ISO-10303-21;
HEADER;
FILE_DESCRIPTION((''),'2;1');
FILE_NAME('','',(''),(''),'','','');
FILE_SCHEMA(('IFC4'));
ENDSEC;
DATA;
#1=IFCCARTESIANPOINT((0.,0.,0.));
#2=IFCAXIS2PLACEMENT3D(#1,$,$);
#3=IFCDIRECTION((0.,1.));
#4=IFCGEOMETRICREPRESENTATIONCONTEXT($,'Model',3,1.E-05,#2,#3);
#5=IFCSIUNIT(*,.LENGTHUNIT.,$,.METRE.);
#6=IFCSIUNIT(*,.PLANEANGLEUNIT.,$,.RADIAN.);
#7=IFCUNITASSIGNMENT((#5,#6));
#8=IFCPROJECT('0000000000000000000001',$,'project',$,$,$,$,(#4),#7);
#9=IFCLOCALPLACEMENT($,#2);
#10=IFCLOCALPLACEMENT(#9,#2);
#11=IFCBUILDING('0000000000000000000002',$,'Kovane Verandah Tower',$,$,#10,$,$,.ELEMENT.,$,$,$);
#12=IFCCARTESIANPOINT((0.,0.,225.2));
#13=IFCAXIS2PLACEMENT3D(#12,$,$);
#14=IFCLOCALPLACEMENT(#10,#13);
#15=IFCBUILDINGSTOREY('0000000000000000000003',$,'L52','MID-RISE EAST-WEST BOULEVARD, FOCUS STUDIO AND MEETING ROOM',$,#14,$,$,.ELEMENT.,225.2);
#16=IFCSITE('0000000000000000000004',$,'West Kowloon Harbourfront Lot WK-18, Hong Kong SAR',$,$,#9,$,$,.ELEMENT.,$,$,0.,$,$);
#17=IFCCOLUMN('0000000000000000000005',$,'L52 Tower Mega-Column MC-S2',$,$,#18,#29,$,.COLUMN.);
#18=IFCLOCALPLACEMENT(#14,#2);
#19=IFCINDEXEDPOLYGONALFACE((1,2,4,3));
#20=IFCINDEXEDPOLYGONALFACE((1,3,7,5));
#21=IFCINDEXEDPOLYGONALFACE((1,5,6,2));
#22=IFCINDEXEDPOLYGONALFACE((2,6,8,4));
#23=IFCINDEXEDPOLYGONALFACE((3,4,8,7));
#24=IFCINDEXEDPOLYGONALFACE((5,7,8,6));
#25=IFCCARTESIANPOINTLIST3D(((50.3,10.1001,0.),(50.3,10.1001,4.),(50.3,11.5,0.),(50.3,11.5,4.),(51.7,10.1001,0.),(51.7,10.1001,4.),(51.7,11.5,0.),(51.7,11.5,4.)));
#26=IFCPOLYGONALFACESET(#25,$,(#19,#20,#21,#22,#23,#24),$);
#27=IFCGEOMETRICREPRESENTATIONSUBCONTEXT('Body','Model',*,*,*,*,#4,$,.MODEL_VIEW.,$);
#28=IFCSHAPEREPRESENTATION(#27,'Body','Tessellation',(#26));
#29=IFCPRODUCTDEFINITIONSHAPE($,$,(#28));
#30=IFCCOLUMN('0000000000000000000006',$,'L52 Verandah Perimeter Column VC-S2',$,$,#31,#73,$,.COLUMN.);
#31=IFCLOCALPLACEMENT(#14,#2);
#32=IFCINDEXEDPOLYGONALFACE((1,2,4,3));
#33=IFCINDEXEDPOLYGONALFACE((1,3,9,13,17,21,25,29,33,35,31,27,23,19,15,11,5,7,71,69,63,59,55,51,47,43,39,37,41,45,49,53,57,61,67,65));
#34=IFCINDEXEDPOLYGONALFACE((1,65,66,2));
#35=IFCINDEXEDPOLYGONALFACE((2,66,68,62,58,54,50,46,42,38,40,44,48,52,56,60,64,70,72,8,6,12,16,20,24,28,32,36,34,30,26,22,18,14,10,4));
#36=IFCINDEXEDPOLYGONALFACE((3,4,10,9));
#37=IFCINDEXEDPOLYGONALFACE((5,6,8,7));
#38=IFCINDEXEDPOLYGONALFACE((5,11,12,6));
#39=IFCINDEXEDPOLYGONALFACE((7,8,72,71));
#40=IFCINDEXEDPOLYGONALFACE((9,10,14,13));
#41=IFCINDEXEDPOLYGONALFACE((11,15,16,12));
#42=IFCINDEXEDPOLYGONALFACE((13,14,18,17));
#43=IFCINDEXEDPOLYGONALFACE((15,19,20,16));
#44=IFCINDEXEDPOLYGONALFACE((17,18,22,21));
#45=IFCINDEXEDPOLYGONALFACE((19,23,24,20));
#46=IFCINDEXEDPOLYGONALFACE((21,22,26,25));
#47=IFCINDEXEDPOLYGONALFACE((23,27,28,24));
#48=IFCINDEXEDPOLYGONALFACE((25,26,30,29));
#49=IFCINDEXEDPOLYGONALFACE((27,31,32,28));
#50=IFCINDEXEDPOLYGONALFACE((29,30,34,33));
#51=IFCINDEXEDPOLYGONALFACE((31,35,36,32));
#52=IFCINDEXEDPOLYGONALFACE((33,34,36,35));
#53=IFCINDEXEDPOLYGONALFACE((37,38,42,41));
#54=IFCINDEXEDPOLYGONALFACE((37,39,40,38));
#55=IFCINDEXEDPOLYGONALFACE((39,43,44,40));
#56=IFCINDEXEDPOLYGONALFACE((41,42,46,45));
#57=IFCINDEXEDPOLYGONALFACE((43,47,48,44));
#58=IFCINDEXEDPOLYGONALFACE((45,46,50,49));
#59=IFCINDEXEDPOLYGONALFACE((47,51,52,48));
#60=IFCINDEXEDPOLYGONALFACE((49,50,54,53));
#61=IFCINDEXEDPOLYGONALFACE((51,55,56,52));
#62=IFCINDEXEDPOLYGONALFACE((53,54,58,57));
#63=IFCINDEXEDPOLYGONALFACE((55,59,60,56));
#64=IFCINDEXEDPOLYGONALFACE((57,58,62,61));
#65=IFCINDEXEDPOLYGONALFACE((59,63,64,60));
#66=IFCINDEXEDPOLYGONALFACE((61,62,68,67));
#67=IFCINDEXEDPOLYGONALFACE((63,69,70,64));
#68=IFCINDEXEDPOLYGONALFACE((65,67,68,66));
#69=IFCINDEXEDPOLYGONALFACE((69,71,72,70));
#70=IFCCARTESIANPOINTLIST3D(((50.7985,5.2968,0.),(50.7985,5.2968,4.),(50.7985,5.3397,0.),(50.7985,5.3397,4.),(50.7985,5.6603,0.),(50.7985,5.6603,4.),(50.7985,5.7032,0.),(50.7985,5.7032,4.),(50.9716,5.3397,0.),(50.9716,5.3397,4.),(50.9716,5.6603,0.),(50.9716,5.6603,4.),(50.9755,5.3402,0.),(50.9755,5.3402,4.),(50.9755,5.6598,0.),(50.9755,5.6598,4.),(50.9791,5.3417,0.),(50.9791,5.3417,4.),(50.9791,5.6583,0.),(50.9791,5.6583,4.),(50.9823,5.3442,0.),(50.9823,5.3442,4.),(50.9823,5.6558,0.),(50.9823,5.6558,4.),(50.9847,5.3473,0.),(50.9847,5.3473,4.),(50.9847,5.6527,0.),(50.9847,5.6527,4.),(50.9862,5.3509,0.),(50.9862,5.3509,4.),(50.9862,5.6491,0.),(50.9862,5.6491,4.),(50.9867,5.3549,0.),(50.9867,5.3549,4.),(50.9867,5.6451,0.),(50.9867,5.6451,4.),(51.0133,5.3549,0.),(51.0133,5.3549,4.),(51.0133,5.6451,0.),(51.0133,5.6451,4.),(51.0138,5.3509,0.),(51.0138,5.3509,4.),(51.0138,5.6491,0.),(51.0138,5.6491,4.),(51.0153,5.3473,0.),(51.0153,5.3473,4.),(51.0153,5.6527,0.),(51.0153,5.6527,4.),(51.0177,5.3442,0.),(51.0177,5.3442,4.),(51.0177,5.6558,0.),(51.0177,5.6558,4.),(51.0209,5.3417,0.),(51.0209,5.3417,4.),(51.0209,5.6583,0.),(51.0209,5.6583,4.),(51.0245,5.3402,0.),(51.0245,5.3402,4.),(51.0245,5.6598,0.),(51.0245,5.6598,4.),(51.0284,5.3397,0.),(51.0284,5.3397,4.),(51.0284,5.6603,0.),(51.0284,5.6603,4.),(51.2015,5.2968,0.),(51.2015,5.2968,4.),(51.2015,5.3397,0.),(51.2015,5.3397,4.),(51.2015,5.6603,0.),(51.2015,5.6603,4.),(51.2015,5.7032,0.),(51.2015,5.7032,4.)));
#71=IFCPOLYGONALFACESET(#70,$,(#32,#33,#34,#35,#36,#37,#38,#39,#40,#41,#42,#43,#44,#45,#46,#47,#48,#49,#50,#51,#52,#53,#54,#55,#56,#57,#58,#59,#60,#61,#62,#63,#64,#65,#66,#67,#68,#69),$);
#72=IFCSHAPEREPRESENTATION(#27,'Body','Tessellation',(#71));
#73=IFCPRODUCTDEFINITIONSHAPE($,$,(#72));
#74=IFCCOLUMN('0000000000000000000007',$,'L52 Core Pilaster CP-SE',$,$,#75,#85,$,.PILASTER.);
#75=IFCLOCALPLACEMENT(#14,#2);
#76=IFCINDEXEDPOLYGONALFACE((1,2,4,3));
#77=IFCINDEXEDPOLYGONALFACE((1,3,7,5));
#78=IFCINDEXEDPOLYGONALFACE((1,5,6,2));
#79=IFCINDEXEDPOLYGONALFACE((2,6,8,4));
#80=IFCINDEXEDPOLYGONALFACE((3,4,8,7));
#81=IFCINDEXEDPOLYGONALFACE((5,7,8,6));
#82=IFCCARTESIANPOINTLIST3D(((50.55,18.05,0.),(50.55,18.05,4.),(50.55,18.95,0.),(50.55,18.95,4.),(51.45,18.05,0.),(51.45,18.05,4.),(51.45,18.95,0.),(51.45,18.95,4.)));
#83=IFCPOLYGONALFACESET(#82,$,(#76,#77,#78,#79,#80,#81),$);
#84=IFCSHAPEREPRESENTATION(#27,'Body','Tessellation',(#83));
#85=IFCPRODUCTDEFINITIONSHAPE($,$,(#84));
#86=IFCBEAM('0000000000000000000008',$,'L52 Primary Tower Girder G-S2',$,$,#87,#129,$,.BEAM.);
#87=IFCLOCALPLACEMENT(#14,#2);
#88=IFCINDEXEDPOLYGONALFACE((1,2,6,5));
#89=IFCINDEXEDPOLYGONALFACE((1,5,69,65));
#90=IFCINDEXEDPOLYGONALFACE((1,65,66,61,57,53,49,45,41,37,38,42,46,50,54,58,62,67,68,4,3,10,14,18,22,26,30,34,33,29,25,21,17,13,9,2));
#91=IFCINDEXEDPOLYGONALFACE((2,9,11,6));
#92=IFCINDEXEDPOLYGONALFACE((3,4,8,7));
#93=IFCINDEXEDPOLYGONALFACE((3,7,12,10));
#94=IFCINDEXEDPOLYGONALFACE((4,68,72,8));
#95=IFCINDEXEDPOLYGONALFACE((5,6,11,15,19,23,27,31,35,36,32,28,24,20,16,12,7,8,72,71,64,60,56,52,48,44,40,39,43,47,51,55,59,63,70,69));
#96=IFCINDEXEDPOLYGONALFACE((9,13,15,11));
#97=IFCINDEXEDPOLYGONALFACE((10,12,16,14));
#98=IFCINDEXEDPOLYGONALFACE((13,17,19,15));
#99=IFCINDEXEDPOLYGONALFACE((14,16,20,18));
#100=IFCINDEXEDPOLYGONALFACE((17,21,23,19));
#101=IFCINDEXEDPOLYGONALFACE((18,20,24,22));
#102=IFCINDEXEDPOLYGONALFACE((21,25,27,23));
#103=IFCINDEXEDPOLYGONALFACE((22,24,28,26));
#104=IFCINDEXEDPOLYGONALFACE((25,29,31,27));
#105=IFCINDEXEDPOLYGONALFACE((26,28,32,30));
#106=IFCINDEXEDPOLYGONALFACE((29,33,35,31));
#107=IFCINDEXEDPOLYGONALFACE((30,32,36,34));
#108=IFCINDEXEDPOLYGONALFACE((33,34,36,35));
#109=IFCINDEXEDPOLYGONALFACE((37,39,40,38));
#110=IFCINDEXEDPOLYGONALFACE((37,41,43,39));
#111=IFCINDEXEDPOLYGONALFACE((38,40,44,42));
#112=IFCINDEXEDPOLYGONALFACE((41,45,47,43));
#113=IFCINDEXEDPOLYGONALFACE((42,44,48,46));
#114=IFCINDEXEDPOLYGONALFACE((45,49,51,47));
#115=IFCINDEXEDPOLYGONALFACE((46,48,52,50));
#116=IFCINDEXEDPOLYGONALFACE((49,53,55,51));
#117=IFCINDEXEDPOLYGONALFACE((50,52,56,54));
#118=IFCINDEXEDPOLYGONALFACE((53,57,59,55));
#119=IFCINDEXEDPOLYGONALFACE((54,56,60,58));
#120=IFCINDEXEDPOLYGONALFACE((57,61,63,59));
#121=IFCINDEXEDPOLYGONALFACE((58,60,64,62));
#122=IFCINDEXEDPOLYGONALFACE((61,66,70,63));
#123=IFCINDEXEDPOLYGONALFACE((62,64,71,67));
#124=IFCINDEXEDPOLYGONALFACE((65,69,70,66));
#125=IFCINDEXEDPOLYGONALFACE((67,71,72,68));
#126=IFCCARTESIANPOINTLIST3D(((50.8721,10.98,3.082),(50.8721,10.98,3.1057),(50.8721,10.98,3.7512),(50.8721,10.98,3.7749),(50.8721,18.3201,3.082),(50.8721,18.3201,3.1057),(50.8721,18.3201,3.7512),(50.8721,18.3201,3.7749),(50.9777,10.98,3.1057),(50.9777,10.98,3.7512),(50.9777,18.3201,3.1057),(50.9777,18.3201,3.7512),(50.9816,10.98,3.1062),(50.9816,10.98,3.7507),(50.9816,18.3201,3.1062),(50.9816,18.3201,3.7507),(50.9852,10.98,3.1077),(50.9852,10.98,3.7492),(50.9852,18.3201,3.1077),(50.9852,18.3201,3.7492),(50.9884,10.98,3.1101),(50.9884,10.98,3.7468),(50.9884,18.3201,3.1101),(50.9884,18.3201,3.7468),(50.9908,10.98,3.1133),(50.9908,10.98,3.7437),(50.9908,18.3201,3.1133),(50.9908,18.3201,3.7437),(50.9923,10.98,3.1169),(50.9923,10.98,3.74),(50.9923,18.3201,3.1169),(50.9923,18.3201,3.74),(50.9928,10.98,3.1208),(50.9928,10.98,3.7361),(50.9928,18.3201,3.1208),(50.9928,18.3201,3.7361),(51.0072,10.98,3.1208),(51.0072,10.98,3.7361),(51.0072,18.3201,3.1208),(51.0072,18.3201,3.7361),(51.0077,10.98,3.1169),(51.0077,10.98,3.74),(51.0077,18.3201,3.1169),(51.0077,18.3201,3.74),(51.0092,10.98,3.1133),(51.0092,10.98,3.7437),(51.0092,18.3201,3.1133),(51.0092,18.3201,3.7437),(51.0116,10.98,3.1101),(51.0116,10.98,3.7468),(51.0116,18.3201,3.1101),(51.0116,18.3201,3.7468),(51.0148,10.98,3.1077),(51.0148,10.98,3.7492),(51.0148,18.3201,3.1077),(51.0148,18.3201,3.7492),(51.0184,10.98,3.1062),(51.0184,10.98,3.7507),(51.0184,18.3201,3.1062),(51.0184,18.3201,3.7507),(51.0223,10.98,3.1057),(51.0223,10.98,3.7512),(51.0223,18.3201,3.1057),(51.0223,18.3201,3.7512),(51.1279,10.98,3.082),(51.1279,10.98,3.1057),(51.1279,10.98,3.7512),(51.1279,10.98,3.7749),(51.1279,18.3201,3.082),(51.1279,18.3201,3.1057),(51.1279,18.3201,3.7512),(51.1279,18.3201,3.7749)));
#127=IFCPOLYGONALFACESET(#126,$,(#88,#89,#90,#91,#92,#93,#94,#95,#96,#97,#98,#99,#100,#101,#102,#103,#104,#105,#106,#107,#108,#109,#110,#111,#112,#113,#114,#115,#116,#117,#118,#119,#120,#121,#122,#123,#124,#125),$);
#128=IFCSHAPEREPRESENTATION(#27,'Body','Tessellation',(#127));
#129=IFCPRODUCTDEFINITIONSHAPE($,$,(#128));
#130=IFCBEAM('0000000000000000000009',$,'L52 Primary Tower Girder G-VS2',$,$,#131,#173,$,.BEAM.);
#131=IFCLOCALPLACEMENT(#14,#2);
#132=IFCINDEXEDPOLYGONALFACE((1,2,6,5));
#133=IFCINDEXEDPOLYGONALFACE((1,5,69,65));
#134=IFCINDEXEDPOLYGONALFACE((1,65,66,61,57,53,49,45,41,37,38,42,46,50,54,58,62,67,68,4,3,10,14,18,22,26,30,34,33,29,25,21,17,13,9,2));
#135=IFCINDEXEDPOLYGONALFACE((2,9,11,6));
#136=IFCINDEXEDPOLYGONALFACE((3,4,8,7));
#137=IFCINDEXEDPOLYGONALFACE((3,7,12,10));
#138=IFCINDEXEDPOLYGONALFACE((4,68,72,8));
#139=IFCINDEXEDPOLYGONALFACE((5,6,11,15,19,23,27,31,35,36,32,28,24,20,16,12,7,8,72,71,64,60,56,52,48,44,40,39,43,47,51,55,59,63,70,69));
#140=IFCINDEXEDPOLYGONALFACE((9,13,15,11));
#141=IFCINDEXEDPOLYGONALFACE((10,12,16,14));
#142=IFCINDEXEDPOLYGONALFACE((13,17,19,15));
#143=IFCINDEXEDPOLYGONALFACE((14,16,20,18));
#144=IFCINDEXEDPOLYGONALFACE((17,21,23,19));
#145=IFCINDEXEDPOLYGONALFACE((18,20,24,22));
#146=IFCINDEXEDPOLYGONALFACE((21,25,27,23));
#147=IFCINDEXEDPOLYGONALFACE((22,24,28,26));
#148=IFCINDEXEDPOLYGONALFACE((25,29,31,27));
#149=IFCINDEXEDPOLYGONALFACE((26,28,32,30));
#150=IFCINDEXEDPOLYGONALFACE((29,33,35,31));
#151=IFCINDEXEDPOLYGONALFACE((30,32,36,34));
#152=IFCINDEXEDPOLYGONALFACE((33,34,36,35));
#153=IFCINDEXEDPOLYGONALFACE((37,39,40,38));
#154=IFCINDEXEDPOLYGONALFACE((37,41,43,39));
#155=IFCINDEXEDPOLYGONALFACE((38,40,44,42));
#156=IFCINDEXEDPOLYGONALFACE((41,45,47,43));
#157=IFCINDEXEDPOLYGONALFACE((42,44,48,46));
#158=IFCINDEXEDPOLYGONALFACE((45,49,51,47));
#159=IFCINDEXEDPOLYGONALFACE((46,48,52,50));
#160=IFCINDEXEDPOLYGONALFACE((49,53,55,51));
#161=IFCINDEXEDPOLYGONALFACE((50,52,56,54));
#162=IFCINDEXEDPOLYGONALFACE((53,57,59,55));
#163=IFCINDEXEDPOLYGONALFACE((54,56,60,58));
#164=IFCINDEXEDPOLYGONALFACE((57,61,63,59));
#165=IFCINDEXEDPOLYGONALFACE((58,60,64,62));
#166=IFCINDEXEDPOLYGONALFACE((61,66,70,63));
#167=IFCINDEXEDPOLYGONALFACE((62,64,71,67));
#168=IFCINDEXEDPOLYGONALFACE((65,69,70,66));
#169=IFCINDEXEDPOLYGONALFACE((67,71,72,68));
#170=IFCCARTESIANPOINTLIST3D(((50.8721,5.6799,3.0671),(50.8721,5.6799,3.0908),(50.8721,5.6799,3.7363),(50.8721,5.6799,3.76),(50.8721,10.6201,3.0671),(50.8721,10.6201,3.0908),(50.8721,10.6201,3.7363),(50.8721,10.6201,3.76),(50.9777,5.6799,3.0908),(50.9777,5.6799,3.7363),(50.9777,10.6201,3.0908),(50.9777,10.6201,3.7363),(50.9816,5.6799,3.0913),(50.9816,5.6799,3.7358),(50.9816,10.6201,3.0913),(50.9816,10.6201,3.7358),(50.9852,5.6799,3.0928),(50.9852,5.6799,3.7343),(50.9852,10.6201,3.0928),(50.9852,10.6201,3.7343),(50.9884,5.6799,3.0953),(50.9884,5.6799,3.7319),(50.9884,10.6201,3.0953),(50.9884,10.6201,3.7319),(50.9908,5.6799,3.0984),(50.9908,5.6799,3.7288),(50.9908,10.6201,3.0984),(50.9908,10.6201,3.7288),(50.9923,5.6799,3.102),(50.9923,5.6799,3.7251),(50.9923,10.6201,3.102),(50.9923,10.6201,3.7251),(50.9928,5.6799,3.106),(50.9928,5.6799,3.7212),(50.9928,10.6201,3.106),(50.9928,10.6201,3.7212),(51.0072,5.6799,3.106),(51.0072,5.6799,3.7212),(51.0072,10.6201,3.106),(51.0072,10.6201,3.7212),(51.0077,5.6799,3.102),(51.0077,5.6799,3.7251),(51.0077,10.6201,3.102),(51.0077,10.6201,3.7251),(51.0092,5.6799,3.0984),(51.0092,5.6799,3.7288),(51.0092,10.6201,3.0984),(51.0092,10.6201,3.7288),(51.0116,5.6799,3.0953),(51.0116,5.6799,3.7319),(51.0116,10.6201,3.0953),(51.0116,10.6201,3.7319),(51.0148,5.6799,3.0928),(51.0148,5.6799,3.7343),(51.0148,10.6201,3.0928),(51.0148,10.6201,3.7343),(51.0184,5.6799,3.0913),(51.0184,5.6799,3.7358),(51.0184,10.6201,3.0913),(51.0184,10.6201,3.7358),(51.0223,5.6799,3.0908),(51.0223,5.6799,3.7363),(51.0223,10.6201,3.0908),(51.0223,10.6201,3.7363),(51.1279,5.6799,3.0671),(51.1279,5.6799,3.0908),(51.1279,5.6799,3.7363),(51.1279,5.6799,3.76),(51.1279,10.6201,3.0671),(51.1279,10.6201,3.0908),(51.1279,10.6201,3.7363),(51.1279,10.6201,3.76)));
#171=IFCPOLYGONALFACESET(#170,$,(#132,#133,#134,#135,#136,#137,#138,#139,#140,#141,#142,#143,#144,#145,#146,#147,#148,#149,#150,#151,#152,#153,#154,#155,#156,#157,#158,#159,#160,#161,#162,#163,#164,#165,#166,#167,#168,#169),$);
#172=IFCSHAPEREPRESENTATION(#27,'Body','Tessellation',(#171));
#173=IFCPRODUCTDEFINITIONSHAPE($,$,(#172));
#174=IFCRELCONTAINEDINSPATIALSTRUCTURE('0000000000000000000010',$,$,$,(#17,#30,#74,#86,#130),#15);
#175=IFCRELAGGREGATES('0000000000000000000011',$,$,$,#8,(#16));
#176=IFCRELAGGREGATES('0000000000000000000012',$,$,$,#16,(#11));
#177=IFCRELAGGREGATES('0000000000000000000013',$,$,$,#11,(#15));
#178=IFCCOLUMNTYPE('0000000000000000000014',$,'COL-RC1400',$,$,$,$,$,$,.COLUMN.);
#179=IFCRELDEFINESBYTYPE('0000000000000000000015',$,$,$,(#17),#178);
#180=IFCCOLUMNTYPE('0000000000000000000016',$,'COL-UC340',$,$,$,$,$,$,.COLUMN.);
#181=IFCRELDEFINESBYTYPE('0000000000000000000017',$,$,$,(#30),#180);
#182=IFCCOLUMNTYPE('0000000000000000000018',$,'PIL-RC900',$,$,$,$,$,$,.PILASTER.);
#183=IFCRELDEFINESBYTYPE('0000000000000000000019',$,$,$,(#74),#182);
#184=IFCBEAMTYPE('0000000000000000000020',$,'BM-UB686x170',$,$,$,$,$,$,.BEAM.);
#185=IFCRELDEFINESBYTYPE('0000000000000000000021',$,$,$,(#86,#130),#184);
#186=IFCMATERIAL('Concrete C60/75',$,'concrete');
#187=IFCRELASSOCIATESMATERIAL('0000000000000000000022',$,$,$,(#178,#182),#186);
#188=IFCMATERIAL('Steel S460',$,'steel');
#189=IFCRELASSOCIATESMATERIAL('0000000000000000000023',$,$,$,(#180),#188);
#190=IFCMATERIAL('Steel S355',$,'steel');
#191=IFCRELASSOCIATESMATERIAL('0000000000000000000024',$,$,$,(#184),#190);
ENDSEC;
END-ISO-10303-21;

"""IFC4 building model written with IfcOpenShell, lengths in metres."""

from ifc_helpers import new_model, si_unit, direction, frame, origin, origin_2d, place, context, subcontext, project, spatial, rectangle, i_section, extrude, material, material_profile, profile_set, type_object, element, save


model = new_model("IFC4")

# Units and contexts
model_context = context("Model", 3, precision=1e-05, world=origin(), true_north=direction((0.0, 1.0)))
body_context = subcontext(model_context, "Body", "Model", "MODEL_VIEW")
ifc_project = project(units=[si_unit("LENGTHUNIT", "METRE"), si_unit("PLANEANGLEUNIT", "RADIAN")], contexts=[model_context])

# Site, building, storey
site_placement = place(None, origin())
site = spatial("IfcSite", under=ifc_project, at=site_placement, Name="West Kowloon Harbourfront Lot WK-18, Hong Kong SAR", CompositionType="ELEMENT", RefElevation=0.0)
building_placement = place(site_placement, origin())
building = spatial("IfcBuilding", under=site, at=building_placement, Name="Kovane Verandah Tower", CompositionType="ELEMENT")
storey_placement = place(building_placement, frame((0.0, 0.0, 225.2)))
storey = spatial("IfcBuildingStorey", under=building, at=storey_placement, Name="L52", Description="MID-RISE EAST-WEST BOULEVARD, FOCUS STUDIO AND MEETING ROOM", CompositionType="ELEMENT", Elevation=225.2)

# Columns
ifc_material_1 = material(Name="Concrete C60/75", Category="concrete")
ifc_material_profile_1 = material_profile(ifc_material_1, rectangle(XDim=1.3999, YDim=1.3999, at=origin_2d()), Name="RC1400x1400")
ifc_profile_set_1 = profile_set([ifc_material_profile_1], Name="Concrete C60/75")
column_type_1 = type_object("IfcColumnType", Name="COL-RC1400", PredefinedType="COLUMN", material=ifc_profile_set_1)
column_1_placement = place(storey_placement, frame((51.0, 10.8, 0.0), z_axis=(0.0, 0.0, 1.0), x_axis=(1.0, 0.0, 0.0)))
element("IfcColumn", 1, at=column_1_placement, inside=storey, type_object=column_type_1, Name="L52 Tower Mega-Column MC-S2", PredefinedType="COLUMN", context=body_context, shape_type="SweptSolid", body=[
    extrude(rectangle(XDim=1.3999, YDim=1.3999, at=origin_2d()), origin(), (0.0, 0.0, 1.0), 4.0),
])
ifc_material_2 = material(Name="Steel S460", Category="steel")
ifc_material_profile_2 = material_profile(ifc_material_2, i_section(OverallWidth=0.4031, OverallDepth=0.4065, WebThickness=0.0266, FlangeThickness=0.043, FilletRadius=0.0151, at=origin_2d()), Name="UC356x406x340")
ifc_profile_set_2 = profile_set([ifc_material_profile_2], Name="Steel S460")
column_type_2 = type_object("IfcColumnType", Name="COL-UC340", PredefinedType="COLUMN", material=ifc_profile_set_2)
column_2_placement = place(storey_placement, frame((51.0, 5.5, 0.0), z_axis=(0.0, 0.0, 1.0), x_axis=(1.0, 0.0, 0.0)))
element("IfcColumn", 2, at=column_2_placement, inside=storey, type_object=column_type_2, Name="L52 Verandah Perimeter Column VC-S2", PredefinedType="COLUMN", context=body_context, shape_type="SweptSolid", body=[
    extrude(i_section(OverallWidth=0.4031, OverallDepth=0.4065, WebThickness=0.0266, FlangeThickness=0.043, FilletRadius=0.0151, at=origin_2d()), origin(), (0.0, 0.0, 1.0), 4.0),
])
ifc_material_profile_3 = material_profile(ifc_material_1, rectangle(XDim=0.8999, YDim=0.8999, at=origin_2d()), Name="RC900x900")
ifc_profile_set_3 = profile_set([ifc_material_profile_3], Name="Concrete C60/75")
column_type_3 = type_object("IfcColumnType", Name="PIL-RC900", PredefinedType="PILASTER", material=ifc_profile_set_3)
column_3_placement = place(storey_placement, frame((51.0, 18.5, 0.0), z_axis=(0.0, 0.0, 1.0), x_axis=(1.0, 0.0, 0.0)))
element("IfcColumn", 3, at=column_3_placement, inside=storey, type_object=column_type_3, Name="L52 Core Pilaster CP-SE", PredefinedType="PILASTER", context=body_context, shape_type="SweptSolid", body=[
    extrude(rectangle(XDim=0.8999, YDim=0.8999, at=origin_2d()), origin(), (0.0, 0.0, 1.0), 4.0),
])

# Beams
ifc_material_3 = material(Name="Steel S355", Category="steel")
ifc_material_profile_4 = material_profile(ifc_material_3, i_section(OverallWidth=0.2559, OverallDepth=0.6929, WebThickness=0.0144, FlangeThickness=0.0237, FilletRadius=0.0151, at=origin_2d()), Name="UB686x254x170")
ifc_profile_set_4 = profile_set([ifc_material_profile_4], Name="Steel S355")
beam_type_1 = type_object("IfcBeamType", Name="BM-UB686x170", PredefinedType="BEAM", material=ifc_profile_set_4)
beam_1_placement = place(storey_placement, frame((51.0, 18.3201, 3.4285), z_axis=(0.0, -1.0, 0.0), x_axis=(1.0, 0.0, 0.0)))
element("IfcBeam", 4, at=beam_1_placement, inside=storey, type_object=beam_type_1, Name="L52 Primary Tower Girder G-S2", PredefinedType="BEAM", context=body_context, shape_type="SweptSolid", body=[
    extrude(i_section(OverallWidth=0.2559, OverallDepth=0.6929, WebThickness=0.0144, FlangeThickness=0.0237, FilletRadius=0.0151, at=origin_2d()), origin(), (0.0, 0.0, 1.0), 7.3401),
])
beam_2_placement = place(storey_placement, frame((51.0, 10.6201, 3.4136), z_axis=(0.0, -1.0, 0.0), x_axis=(1.0, 0.0, 0.0)))
element("IfcBeam", 5, at=beam_2_placement, inside=storey, type_object=beam_type_1, Name="L52 Primary Tower Girder G-VS2", PredefinedType="BEAM", context=body_context, shape_type="SweptSolid", body=[
    extrude(i_section(OverallWidth=0.2559, OverallDepth=0.6929, WebThickness=0.0144, FlangeThickness=0.0237, FilletRadius=0.0151, at=origin_2d()), origin(), (0.0, 0.0, 1.0), 4.9402),
])

save(model, "model.ifc")
